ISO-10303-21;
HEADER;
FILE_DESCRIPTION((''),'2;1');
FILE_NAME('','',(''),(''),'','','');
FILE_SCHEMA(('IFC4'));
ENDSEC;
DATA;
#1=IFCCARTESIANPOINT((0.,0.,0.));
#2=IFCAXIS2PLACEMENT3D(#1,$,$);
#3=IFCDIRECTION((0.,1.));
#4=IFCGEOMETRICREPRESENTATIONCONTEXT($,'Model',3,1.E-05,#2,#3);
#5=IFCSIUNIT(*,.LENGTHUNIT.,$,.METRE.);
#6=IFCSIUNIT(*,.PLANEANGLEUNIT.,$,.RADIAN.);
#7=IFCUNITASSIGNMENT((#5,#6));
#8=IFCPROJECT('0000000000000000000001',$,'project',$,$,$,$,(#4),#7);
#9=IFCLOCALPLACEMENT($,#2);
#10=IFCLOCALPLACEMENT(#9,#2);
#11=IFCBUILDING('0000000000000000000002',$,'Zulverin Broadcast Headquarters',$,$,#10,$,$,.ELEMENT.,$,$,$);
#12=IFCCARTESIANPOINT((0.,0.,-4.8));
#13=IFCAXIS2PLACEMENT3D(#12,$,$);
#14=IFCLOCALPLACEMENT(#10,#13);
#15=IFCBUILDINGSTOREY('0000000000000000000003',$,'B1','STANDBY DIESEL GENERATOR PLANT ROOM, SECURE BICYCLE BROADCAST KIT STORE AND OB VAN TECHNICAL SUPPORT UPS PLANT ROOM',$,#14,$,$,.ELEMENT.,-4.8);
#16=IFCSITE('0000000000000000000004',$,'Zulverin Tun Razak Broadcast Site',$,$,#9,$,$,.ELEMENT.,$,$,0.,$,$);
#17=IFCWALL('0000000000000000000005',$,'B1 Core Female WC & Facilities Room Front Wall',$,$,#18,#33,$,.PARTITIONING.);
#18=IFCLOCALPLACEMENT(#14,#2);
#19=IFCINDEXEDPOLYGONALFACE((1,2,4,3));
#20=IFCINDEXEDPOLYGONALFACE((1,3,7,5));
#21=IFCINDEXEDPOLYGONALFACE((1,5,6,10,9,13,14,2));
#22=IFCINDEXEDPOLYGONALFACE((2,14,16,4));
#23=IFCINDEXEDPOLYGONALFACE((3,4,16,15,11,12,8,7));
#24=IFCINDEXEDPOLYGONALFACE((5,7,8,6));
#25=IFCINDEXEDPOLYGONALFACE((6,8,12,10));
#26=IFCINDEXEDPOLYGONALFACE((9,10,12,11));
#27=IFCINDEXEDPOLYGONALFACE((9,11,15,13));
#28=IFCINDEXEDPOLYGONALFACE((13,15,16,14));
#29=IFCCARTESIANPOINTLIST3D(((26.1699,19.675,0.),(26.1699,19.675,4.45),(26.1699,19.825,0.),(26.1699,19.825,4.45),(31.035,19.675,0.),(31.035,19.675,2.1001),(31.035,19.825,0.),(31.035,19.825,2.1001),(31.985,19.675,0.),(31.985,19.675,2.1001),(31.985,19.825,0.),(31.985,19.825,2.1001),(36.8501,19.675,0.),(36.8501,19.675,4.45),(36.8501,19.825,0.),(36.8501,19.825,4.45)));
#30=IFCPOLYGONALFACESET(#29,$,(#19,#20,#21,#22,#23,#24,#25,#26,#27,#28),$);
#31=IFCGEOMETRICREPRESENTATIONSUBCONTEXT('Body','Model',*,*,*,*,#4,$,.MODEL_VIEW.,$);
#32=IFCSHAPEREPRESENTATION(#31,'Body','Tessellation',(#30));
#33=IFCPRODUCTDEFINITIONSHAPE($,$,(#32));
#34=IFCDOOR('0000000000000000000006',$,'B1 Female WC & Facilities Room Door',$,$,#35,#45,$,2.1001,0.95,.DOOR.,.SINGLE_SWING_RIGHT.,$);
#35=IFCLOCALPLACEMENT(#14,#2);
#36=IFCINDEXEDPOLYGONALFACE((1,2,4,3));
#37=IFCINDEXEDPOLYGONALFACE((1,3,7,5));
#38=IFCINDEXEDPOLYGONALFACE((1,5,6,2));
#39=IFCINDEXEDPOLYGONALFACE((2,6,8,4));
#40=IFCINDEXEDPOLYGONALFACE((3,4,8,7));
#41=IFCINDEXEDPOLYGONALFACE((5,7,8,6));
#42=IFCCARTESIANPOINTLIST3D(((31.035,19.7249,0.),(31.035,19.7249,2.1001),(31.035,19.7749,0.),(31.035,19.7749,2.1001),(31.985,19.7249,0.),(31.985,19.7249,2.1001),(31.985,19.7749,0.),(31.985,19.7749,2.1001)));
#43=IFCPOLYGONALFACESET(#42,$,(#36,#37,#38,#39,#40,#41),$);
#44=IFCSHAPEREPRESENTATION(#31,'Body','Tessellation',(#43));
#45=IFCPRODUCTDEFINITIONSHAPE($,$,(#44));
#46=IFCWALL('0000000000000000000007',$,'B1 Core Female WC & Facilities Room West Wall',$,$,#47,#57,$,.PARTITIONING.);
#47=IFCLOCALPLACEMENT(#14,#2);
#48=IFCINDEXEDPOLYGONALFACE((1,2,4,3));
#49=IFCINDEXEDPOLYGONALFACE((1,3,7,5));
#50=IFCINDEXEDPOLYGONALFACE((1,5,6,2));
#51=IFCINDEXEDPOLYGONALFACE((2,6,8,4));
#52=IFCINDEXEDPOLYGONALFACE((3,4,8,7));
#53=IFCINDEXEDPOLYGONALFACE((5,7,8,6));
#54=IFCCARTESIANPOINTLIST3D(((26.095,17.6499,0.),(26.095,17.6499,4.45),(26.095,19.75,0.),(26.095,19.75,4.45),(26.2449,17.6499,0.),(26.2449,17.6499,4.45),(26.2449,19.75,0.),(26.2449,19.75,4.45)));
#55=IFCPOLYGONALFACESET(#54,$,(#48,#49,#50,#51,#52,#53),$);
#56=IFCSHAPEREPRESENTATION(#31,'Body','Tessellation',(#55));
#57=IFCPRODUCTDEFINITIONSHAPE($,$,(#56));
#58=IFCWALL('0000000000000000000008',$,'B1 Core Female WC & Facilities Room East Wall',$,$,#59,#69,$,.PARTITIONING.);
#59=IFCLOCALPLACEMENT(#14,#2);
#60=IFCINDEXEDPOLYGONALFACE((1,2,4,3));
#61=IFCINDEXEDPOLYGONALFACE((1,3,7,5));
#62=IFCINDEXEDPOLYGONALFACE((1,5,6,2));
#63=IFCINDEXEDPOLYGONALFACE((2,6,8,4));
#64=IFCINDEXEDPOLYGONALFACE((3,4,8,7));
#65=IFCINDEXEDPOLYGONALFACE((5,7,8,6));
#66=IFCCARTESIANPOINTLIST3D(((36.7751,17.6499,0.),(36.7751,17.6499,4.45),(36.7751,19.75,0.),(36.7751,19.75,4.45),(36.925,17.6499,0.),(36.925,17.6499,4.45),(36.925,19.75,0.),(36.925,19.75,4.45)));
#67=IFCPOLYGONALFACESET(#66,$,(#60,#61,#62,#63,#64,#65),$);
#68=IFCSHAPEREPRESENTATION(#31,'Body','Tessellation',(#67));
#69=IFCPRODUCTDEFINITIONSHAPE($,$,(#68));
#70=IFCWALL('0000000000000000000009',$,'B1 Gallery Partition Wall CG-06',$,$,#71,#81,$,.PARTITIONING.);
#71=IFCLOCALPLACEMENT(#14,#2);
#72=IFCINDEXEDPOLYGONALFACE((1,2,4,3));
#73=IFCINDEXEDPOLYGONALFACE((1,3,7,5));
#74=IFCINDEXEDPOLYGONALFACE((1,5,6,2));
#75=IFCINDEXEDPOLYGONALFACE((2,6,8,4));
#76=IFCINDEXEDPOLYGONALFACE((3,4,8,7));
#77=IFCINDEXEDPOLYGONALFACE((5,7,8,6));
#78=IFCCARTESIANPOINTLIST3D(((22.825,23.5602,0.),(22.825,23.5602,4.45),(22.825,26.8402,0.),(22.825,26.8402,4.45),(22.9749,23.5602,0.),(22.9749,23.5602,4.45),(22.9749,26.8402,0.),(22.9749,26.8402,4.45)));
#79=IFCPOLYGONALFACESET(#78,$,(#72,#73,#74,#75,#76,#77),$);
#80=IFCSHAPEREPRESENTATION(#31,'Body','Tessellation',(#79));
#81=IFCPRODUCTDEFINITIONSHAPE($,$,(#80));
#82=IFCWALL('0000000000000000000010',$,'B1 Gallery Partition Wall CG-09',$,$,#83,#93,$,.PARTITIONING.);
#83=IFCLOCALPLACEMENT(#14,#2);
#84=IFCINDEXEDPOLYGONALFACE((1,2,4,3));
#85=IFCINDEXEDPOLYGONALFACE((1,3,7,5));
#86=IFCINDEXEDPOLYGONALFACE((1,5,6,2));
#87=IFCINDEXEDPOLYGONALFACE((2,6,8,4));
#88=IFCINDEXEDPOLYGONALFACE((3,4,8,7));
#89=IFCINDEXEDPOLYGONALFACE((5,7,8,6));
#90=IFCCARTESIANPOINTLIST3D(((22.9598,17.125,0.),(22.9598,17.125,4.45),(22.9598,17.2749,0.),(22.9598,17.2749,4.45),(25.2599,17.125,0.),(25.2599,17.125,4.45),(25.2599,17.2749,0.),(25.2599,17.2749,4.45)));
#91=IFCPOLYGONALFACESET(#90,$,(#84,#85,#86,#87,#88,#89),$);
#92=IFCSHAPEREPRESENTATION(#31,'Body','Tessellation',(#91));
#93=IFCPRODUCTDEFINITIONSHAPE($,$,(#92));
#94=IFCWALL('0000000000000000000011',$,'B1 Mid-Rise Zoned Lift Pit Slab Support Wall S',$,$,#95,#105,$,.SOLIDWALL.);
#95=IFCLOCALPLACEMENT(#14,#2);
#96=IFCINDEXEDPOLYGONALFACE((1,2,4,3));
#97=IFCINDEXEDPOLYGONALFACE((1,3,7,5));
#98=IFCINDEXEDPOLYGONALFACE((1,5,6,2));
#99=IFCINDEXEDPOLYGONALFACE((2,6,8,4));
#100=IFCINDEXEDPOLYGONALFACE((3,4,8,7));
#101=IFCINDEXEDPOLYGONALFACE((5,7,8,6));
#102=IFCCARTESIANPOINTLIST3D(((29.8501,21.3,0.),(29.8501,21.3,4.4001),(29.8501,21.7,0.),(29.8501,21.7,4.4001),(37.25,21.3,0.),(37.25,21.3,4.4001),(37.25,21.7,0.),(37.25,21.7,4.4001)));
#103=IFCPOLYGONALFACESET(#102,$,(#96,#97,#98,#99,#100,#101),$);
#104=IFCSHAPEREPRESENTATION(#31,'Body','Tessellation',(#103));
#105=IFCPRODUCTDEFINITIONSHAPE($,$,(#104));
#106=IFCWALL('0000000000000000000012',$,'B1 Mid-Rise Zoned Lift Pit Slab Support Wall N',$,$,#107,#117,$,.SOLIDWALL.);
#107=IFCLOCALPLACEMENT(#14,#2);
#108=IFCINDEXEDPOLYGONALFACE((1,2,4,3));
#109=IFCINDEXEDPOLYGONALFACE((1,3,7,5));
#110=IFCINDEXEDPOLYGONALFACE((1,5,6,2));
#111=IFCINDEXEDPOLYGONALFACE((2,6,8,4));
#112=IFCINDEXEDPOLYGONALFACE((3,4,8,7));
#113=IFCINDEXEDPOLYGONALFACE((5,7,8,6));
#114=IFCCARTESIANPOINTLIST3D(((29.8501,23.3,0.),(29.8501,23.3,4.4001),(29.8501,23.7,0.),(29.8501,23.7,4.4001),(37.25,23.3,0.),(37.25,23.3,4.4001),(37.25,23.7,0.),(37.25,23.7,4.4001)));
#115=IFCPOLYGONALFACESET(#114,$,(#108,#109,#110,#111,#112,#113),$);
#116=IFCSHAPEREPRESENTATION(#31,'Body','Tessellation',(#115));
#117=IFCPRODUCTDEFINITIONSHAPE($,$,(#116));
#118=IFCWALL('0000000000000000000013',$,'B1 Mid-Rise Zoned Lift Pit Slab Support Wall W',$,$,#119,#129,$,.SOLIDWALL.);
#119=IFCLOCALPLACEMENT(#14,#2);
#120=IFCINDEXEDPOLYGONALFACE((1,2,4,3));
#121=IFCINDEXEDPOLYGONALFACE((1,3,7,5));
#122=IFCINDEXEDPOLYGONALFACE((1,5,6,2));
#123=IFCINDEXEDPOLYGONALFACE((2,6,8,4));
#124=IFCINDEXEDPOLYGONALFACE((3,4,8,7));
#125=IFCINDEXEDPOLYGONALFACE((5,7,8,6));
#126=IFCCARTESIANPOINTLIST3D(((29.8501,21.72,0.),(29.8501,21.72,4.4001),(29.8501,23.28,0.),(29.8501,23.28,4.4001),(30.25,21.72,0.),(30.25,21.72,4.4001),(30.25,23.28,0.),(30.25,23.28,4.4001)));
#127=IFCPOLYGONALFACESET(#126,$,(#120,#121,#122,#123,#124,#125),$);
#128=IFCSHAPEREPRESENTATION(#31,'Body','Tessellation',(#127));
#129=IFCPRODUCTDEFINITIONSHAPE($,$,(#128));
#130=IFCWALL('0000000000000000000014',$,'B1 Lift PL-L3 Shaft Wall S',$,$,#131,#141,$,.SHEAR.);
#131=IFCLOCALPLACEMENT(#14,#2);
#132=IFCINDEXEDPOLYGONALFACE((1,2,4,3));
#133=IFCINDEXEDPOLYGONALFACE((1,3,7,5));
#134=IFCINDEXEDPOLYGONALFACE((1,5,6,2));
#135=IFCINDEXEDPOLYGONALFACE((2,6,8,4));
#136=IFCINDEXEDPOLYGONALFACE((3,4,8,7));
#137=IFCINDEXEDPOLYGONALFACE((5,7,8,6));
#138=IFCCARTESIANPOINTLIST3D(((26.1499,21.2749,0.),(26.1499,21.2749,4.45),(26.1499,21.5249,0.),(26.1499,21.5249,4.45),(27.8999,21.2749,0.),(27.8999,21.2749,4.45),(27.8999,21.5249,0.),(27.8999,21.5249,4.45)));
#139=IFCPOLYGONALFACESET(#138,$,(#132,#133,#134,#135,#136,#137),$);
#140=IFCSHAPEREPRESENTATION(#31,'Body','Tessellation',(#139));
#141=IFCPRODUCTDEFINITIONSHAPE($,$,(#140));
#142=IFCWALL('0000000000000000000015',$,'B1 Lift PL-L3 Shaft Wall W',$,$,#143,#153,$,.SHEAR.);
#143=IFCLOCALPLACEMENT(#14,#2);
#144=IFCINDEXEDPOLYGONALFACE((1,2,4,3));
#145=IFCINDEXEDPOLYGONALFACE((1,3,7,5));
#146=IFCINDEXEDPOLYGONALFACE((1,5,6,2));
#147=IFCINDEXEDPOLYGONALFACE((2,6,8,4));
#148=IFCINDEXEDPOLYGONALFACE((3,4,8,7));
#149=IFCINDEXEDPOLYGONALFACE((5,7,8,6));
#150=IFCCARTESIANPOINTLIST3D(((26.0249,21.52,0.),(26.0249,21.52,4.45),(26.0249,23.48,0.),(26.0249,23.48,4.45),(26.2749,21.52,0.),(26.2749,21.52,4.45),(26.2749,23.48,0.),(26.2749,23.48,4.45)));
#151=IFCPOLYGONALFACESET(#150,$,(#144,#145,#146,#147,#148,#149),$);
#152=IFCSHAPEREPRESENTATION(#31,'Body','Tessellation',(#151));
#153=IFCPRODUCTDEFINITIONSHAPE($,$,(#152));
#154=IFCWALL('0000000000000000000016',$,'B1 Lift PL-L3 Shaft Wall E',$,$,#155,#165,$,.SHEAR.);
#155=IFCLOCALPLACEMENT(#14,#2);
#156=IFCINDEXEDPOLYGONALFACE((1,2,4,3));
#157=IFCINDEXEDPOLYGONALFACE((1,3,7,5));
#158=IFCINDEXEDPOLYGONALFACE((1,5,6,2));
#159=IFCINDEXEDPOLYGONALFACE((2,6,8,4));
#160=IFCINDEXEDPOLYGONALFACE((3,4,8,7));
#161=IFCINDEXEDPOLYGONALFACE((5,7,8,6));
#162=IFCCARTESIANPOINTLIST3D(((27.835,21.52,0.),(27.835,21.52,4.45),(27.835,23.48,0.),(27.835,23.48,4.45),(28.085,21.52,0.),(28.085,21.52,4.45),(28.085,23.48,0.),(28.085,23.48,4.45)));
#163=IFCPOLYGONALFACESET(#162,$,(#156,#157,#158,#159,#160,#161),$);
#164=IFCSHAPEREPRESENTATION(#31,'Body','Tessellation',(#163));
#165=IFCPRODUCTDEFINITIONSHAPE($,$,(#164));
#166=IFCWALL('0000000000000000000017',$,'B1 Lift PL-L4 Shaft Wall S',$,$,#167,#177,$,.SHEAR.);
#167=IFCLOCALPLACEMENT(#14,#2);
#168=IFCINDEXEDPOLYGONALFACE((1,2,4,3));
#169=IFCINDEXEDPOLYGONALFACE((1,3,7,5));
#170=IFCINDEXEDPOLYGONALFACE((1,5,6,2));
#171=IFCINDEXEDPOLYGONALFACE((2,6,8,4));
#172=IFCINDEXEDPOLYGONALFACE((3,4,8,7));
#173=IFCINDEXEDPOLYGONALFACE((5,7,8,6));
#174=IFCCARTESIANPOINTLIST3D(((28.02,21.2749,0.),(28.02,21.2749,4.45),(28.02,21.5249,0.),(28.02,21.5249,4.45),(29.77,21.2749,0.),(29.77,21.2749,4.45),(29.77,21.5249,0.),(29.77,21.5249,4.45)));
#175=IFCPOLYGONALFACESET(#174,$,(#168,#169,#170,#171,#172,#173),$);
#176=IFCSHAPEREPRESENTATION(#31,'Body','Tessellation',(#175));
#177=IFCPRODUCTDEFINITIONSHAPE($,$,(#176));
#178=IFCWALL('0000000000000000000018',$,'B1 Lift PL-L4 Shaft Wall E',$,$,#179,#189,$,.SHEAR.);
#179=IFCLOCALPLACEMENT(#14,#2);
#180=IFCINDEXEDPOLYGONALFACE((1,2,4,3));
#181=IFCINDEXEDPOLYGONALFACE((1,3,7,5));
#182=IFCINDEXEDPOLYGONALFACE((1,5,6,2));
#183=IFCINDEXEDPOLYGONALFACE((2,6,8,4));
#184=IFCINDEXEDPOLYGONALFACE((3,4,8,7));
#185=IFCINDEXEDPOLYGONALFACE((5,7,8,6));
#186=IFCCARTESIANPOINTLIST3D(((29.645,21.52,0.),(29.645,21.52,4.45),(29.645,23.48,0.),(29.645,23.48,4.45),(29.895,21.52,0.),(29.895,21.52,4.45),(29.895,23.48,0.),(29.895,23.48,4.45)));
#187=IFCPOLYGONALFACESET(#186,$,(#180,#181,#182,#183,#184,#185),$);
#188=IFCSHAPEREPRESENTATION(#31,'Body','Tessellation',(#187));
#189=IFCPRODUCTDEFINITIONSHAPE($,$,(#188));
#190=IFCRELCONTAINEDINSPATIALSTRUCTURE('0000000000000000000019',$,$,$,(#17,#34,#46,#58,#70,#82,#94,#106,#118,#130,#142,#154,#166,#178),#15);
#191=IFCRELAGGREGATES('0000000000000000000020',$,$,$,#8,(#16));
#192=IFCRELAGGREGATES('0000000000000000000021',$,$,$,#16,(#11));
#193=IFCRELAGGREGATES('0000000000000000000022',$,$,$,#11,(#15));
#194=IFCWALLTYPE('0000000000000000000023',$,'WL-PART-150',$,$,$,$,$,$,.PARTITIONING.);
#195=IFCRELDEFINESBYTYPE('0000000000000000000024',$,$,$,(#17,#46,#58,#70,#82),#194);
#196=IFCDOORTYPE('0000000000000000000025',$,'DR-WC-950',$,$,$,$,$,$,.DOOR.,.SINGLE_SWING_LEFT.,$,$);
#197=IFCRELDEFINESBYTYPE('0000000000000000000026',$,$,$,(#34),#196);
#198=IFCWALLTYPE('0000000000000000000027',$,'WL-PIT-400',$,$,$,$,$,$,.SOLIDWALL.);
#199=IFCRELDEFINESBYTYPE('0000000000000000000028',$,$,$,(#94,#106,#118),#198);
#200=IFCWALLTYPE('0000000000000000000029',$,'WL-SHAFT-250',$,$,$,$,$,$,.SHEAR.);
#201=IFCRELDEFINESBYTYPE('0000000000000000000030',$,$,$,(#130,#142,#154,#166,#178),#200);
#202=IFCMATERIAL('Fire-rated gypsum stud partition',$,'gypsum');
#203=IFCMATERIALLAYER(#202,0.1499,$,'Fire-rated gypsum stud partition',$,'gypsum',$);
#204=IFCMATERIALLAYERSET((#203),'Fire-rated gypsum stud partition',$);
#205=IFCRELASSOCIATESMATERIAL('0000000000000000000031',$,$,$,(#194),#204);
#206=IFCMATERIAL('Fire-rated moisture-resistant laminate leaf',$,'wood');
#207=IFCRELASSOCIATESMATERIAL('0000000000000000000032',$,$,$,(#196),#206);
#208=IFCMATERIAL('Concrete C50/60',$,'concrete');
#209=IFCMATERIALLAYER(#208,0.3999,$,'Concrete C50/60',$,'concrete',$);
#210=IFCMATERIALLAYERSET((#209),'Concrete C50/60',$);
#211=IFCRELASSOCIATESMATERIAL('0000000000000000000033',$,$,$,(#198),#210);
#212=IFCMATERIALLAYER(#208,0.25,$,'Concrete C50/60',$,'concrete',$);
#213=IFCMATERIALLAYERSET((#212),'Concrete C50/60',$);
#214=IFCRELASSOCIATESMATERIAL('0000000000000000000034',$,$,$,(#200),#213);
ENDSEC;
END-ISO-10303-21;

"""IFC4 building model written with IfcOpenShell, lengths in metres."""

from ifc_helpers import new_model, si_unit, direction, frame, frame_2d, origin, place, context, subcontext, project, spatial, rectangle, extrude, material, layer, layer_set, type_object, element, fill, save


model = new_model("IFC4")

# Units and contexts
model_context = context("Model", 3, precision=1e-05, world=origin(), true_north=direction((0.0, 1.0)))
body_context = subcontext(model_context, "Body", "Model", "MODEL_VIEW")
ifc_project = project(units=[si_unit("LENGTHUNIT", "METRE"), si_unit("PLANEANGLEUNIT", "RADIAN")], contexts=[model_context])

# Site, building, storey
site_placement = place(None, origin())
site = spatial("IfcSite", under=ifc_project, at=site_placement, Name="Zulverin Tun Razak Broadcast Site", CompositionType="ELEMENT", RefElevation=0.0)
building_placement = place(site_placement, origin())
building = spatial("IfcBuilding", under=site, at=building_placement, Name="Zulverin Broadcast Headquarters", CompositionType="ELEMENT")
storey_placement = place(building_placement, frame((0.0, 0.0, -4.8)))
storey = spatial("IfcBuildingStorey", under=building, at=storey_placement, Name="B1", Description="STANDBY DIESEL GENERATOR PLANT ROOM, SECURE BICYCLE BROADCAST KIT STORE AND OB VAN TECHNICAL SUPPORT UPS PLANT ROOM", CompositionType="ELEMENT", Elevation=-4.8)

# Wall, opening, door
ifc_material_1 = material(Name="Fire-rated gypsum stud partition", Category="gypsum")
ifc_layer_1 = layer(ifc_material_1, 0.1499, Name="Fire-rated gypsum stud partition", Category="gypsum")
ifc_layer_set_1 = layer_set([ifc_layer_1], Name="Fire-rated gypsum stud partition")
wall_type_1 = type_object("IfcWallType", Name="WL-PART-150", PredefinedType="PARTITIONING", material=ifc_layer_set_1)
wall_1_placement = place(storey_placement, frame((26.1699, 19.75, 0.0), z_axis=(0.0, 0.0, 1.0), x_axis=(1.0, 0.0, 0.0)))
wall_1 = element("IfcWall", 1, at=wall_1_placement, inside=storey, type_object=wall_type_1, Name="B1 Core Female WC & Facilities Room Front Wall", PredefinedType="PARTITIONING", context=body_context, shape_type="SweptSolid", body=[
    extrude(rectangle(XDim=10.6802, YDim=0.1499, at=frame_2d((5.3401, 0.0))), origin(), (0.0, 0.0, 1.0), 4.45),
])
opening_1_placement = place(wall_1_placement, frame((4.865, 0.0, 0.0)))
opening_1 = element("IfcOpeningElement", 2, at=opening_1_placement, cuts=wall_1, PredefinedType="OPENING", context=body_context, shape_type="SweptSolid", body=[
    extrude(rectangle(XDim=0.95, YDim=2.1001, at=frame_2d((0.4751, 1.05))), frame((0.0, 0.085, 0.0), z_axis=(0.0, -1.0, 0.0), x_axis=(1.0, 0.0, 0.0)), (0.0, 0.0, 1.0), 0.1699),
])
ifc_material_2 = material(Name="Fire-rated moisture-resistant laminate leaf", Category="wood")
door_type_1 = type_object("IfcDoorType", Name="DR-WC-950", OperationType="SINGLE_SWING_LEFT", PredefinedType="DOOR", material=ifc_material_2)
door_1_placement = place(opening_1_placement, origin())
door_1 = element("IfcDoor", 3, at=door_1_placement, inside=storey, type_object=door_type_1, Name="B1 Female WC & Facilities Room Door", OperationType="SINGLE_SWING_RIGHT", OverallHeight=2.1001, OverallWidth=0.95, PredefinedType="DOOR", context=body_context, shape_type="SweptSolid", body=[
    extrude(rectangle(XDim=0.95, YDim=2.1001, at=frame_2d((0.4751, 1.05))), frame((0.0, 0.0249, 0.0), z_axis=(0.0, -1.0, 0.0), x_axis=(1.0, 0.0, 0.0)), (0.0, 0.0, 1.0), 0.05),
])
fill(opening_1, door_1)

# Walls
for number, where, z_axis, x_axis, name in (
    (4, (26.1699, 17.6499, 0.0), (0.0, 0.0, 1.0), (0.0, 1.0, 0.0), "B1 Core Female WC & Facilities Room West Wall"),
    (5, (36.8501, 17.6499, 0.0), (0.0, 0.0, 1.0), (0.0, 1.0, 0.0), "B1 Core Female WC & Facilities Room East Wall"),
):
    element("IfcWall", number, at=place(storey_placement, frame(where, z_axis=z_axis, x_axis=x_axis)), inside=storey, type_object=wall_type_1, Name=name, PredefinedType="PARTITIONING", context=body_context, shape_type="SweptSolid", body=[
        extrude(rectangle(XDim=2.1001, YDim=0.1499, at=frame_2d((1.05, 0.0))), origin(), (0.0, 0.0, 1.0), 4.45),
    ])
wall_2_placement = place(storey_placement, frame((22.8999, 23.5601, 0.0), z_axis=(0.0, 0.0, 1.0), x_axis=(0.0, 1.0, 0.0)))
element("IfcWall", 6, at=wall_2_placement, inside=storey, type_object=wall_type_1, Name="B1 Gallery Partition Wall CG-06", PredefinedType="PARTITIONING", context=body_context, shape_type="SweptSolid", body=[
    extrude(rectangle(XDim=3.28, YDim=0.1499, at=frame_2d((1.6401, 0.0))), origin(), (0.0, 0.0, 1.0), 4.45),
])
wall_3_placement = place(storey_placement, frame((22.96, 17.2, 0.0), z_axis=(0.0, 0.0, 1.0), x_axis=(1.0, 0.0, 0.0)))
element("IfcWall", 7, at=wall_3_placement, inside=storey, type_object=wall_type_1, Name="B1 Gallery Partition Wall CG-09", PredefinedType="PARTITIONING", context=body_context, shape_type="SweptSolid", body=[
    extrude(rectangle(XDim=2.3, YDim=0.1499, at=frame_2d((1.1499, 0.0))), origin(), (0.0, 0.0, 1.0), 4.45),
])
ifc_material_3 = material(Name="Concrete C50/60", Category="concrete")
ifc_layer_2 = layer(ifc_material_3, 0.3999, Name="Concrete C50/60", Category="concrete")
ifc_layer_set_2 = layer_set([ifc_layer_2], Name="Concrete C50/60")
wall_type_2 = type_object("IfcWallType", Name="WL-PIT-400", PredefinedType="SOLIDWALL", material=ifc_layer_set_2)
for number, where, z_axis, x_axis, name in (
    (8, (29.8501, 21.5, 0.0), (0.0, 0.0, 1.0), (1.0, 0.0, 0.0), "B1 Mid-Rise Zoned Lift Pit Slab Support Wall S"),
    (9, (29.8501, 23.5, 0.0), (0.0, 0.0, 1.0), (1.0, 0.0, 0.0), "B1 Mid-Rise Zoned Lift Pit Slab Support Wall N"),
):
    element("IfcWall", number, at=place(storey_placement, frame(where, z_axis=z_axis, x_axis=x_axis)), inside=storey, type_object=wall_type_2, Name=name, PredefinedType="SOLIDWALL", context=body_context, shape_type="SweptSolid", body=[
        extrude(rectangle(XDim=7.3999, YDim=0.3999, at=frame_2d((3.7, 0.0))), origin(), (0.0, 0.0, 1.0), 4.4001),
    ])
wall_4_placement = place(storey_placement, frame((30.05, 21.72, 0.0), z_axis=(0.0, 0.0, 1.0), x_axis=(0.0, 1.0, 0.0)))
element("IfcWall", 10, at=wall_4_placement, inside=storey, type_object=wall_type_2, Name="B1 Mid-Rise Zoned Lift Pit Slab Support Wall W", PredefinedType="SOLIDWALL", context=body_context, shape_type="SweptSolid", body=[
    extrude(rectangle(XDim=1.5601, YDim=0.3999, at=frame_2d((0.78, 0.0))), origin(), (0.0, 0.0, 1.0), 4.4001),
])
ifc_layer_3 = layer(ifc_material_3, 0.25, Name="Concrete C50/60", Category="concrete")
ifc_layer_set_3 = layer_set([ifc_layer_3], Name="Concrete C50/60")
wall_type_3 = type_object("IfcWallType", Name="WL-SHAFT-250", PredefinedType="SHEAR", material=ifc_layer_set_3)
wall_5_placement = place(storey_placement, frame((26.1499, 21.3999, 0.0), z_axis=(0.0, 0.0, 1.0), x_axis=(1.0, 0.0, 0.0)))
element("IfcWall", 11, at=wall_5_placement, inside=storey, type_object=wall_type_3, Name="B1 Lift PL-L3 Shaft Wall S", PredefinedType="SHEAR", context=body_context, shape_type="SweptSolid", body=[
    extrude(rectangle(XDim=1.75, YDim=0.25, at=frame_2d((0.875, 0.0))), origin(), (0.0, 0.0, 1.0), 4.45),
])

# Walls
for number, where, z_axis, x_axis, name in (
    (12, (26.1499, 21.52, 0.0), (0.0, 0.0, 1.0), (0.0, 1.0, 0.0), "B1 Lift PL-L3 Shaft Wall W"),
    (13, (27.96, 21.52, 0.0), (0.0, 0.0, 1.0), (0.0, 1.0, 0.0), "B1 Lift PL-L3 Shaft Wall E"),
):
    element("IfcWall", number, at=place(storey_placement, frame(where, z_axis=z_axis, x_axis=x_axis)), inside=storey, type_object=wall_type_3, Name=name, PredefinedType="SHEAR", context=body_context, shape_type="SweptSolid", body=[
        extrude(rectangle(XDim=1.96, YDim=0.25, at=frame_2d((0.98, 0.0))), origin(), (0.0, 0.0, 1.0), 4.45),
    ])
wall_6_placement = place(storey_placement, frame((28.02, 21.3999, 0.0), z_axis=(0.0, 0.0, 1.0), x_axis=(1.0, 0.0, 0.0)))
element("IfcWall", 14, at=wall_6_placement, inside=storey, type_object=wall_type_3, Name="B1 Lift PL-L4 Shaft Wall S", PredefinedType="SHEAR", context=body_context, shape_type="SweptSolid", body=[
    extrude(rectangle(XDim=1.75, YDim=0.25, at=frame_2d((0.875, 0.0))), origin(), (0.0, 0.0, 1.0), 4.45),
])

# Wall
wall_7_placement = place(storey_placement, frame((29.77, 21.52, 0.0), z_axis=(0.0, 0.0, 1.0), x_axis=(0.0, 1.0, 0.0)))
element("IfcWall", 15, at=wall_7_placement, inside=storey, type_object=wall_type_3, Name="B1 Lift PL-L4 Shaft Wall E", PredefinedType="SHEAR", context=body_context, shape_type="SweptSolid", body=[
    extrude(rectangle(XDim=1.96, YDim=0.25, at=frame_2d((0.98, 0.0))), origin(), (0.0, 0.0, 1.0), 4.45),
])

save(model, "model.ifc")
